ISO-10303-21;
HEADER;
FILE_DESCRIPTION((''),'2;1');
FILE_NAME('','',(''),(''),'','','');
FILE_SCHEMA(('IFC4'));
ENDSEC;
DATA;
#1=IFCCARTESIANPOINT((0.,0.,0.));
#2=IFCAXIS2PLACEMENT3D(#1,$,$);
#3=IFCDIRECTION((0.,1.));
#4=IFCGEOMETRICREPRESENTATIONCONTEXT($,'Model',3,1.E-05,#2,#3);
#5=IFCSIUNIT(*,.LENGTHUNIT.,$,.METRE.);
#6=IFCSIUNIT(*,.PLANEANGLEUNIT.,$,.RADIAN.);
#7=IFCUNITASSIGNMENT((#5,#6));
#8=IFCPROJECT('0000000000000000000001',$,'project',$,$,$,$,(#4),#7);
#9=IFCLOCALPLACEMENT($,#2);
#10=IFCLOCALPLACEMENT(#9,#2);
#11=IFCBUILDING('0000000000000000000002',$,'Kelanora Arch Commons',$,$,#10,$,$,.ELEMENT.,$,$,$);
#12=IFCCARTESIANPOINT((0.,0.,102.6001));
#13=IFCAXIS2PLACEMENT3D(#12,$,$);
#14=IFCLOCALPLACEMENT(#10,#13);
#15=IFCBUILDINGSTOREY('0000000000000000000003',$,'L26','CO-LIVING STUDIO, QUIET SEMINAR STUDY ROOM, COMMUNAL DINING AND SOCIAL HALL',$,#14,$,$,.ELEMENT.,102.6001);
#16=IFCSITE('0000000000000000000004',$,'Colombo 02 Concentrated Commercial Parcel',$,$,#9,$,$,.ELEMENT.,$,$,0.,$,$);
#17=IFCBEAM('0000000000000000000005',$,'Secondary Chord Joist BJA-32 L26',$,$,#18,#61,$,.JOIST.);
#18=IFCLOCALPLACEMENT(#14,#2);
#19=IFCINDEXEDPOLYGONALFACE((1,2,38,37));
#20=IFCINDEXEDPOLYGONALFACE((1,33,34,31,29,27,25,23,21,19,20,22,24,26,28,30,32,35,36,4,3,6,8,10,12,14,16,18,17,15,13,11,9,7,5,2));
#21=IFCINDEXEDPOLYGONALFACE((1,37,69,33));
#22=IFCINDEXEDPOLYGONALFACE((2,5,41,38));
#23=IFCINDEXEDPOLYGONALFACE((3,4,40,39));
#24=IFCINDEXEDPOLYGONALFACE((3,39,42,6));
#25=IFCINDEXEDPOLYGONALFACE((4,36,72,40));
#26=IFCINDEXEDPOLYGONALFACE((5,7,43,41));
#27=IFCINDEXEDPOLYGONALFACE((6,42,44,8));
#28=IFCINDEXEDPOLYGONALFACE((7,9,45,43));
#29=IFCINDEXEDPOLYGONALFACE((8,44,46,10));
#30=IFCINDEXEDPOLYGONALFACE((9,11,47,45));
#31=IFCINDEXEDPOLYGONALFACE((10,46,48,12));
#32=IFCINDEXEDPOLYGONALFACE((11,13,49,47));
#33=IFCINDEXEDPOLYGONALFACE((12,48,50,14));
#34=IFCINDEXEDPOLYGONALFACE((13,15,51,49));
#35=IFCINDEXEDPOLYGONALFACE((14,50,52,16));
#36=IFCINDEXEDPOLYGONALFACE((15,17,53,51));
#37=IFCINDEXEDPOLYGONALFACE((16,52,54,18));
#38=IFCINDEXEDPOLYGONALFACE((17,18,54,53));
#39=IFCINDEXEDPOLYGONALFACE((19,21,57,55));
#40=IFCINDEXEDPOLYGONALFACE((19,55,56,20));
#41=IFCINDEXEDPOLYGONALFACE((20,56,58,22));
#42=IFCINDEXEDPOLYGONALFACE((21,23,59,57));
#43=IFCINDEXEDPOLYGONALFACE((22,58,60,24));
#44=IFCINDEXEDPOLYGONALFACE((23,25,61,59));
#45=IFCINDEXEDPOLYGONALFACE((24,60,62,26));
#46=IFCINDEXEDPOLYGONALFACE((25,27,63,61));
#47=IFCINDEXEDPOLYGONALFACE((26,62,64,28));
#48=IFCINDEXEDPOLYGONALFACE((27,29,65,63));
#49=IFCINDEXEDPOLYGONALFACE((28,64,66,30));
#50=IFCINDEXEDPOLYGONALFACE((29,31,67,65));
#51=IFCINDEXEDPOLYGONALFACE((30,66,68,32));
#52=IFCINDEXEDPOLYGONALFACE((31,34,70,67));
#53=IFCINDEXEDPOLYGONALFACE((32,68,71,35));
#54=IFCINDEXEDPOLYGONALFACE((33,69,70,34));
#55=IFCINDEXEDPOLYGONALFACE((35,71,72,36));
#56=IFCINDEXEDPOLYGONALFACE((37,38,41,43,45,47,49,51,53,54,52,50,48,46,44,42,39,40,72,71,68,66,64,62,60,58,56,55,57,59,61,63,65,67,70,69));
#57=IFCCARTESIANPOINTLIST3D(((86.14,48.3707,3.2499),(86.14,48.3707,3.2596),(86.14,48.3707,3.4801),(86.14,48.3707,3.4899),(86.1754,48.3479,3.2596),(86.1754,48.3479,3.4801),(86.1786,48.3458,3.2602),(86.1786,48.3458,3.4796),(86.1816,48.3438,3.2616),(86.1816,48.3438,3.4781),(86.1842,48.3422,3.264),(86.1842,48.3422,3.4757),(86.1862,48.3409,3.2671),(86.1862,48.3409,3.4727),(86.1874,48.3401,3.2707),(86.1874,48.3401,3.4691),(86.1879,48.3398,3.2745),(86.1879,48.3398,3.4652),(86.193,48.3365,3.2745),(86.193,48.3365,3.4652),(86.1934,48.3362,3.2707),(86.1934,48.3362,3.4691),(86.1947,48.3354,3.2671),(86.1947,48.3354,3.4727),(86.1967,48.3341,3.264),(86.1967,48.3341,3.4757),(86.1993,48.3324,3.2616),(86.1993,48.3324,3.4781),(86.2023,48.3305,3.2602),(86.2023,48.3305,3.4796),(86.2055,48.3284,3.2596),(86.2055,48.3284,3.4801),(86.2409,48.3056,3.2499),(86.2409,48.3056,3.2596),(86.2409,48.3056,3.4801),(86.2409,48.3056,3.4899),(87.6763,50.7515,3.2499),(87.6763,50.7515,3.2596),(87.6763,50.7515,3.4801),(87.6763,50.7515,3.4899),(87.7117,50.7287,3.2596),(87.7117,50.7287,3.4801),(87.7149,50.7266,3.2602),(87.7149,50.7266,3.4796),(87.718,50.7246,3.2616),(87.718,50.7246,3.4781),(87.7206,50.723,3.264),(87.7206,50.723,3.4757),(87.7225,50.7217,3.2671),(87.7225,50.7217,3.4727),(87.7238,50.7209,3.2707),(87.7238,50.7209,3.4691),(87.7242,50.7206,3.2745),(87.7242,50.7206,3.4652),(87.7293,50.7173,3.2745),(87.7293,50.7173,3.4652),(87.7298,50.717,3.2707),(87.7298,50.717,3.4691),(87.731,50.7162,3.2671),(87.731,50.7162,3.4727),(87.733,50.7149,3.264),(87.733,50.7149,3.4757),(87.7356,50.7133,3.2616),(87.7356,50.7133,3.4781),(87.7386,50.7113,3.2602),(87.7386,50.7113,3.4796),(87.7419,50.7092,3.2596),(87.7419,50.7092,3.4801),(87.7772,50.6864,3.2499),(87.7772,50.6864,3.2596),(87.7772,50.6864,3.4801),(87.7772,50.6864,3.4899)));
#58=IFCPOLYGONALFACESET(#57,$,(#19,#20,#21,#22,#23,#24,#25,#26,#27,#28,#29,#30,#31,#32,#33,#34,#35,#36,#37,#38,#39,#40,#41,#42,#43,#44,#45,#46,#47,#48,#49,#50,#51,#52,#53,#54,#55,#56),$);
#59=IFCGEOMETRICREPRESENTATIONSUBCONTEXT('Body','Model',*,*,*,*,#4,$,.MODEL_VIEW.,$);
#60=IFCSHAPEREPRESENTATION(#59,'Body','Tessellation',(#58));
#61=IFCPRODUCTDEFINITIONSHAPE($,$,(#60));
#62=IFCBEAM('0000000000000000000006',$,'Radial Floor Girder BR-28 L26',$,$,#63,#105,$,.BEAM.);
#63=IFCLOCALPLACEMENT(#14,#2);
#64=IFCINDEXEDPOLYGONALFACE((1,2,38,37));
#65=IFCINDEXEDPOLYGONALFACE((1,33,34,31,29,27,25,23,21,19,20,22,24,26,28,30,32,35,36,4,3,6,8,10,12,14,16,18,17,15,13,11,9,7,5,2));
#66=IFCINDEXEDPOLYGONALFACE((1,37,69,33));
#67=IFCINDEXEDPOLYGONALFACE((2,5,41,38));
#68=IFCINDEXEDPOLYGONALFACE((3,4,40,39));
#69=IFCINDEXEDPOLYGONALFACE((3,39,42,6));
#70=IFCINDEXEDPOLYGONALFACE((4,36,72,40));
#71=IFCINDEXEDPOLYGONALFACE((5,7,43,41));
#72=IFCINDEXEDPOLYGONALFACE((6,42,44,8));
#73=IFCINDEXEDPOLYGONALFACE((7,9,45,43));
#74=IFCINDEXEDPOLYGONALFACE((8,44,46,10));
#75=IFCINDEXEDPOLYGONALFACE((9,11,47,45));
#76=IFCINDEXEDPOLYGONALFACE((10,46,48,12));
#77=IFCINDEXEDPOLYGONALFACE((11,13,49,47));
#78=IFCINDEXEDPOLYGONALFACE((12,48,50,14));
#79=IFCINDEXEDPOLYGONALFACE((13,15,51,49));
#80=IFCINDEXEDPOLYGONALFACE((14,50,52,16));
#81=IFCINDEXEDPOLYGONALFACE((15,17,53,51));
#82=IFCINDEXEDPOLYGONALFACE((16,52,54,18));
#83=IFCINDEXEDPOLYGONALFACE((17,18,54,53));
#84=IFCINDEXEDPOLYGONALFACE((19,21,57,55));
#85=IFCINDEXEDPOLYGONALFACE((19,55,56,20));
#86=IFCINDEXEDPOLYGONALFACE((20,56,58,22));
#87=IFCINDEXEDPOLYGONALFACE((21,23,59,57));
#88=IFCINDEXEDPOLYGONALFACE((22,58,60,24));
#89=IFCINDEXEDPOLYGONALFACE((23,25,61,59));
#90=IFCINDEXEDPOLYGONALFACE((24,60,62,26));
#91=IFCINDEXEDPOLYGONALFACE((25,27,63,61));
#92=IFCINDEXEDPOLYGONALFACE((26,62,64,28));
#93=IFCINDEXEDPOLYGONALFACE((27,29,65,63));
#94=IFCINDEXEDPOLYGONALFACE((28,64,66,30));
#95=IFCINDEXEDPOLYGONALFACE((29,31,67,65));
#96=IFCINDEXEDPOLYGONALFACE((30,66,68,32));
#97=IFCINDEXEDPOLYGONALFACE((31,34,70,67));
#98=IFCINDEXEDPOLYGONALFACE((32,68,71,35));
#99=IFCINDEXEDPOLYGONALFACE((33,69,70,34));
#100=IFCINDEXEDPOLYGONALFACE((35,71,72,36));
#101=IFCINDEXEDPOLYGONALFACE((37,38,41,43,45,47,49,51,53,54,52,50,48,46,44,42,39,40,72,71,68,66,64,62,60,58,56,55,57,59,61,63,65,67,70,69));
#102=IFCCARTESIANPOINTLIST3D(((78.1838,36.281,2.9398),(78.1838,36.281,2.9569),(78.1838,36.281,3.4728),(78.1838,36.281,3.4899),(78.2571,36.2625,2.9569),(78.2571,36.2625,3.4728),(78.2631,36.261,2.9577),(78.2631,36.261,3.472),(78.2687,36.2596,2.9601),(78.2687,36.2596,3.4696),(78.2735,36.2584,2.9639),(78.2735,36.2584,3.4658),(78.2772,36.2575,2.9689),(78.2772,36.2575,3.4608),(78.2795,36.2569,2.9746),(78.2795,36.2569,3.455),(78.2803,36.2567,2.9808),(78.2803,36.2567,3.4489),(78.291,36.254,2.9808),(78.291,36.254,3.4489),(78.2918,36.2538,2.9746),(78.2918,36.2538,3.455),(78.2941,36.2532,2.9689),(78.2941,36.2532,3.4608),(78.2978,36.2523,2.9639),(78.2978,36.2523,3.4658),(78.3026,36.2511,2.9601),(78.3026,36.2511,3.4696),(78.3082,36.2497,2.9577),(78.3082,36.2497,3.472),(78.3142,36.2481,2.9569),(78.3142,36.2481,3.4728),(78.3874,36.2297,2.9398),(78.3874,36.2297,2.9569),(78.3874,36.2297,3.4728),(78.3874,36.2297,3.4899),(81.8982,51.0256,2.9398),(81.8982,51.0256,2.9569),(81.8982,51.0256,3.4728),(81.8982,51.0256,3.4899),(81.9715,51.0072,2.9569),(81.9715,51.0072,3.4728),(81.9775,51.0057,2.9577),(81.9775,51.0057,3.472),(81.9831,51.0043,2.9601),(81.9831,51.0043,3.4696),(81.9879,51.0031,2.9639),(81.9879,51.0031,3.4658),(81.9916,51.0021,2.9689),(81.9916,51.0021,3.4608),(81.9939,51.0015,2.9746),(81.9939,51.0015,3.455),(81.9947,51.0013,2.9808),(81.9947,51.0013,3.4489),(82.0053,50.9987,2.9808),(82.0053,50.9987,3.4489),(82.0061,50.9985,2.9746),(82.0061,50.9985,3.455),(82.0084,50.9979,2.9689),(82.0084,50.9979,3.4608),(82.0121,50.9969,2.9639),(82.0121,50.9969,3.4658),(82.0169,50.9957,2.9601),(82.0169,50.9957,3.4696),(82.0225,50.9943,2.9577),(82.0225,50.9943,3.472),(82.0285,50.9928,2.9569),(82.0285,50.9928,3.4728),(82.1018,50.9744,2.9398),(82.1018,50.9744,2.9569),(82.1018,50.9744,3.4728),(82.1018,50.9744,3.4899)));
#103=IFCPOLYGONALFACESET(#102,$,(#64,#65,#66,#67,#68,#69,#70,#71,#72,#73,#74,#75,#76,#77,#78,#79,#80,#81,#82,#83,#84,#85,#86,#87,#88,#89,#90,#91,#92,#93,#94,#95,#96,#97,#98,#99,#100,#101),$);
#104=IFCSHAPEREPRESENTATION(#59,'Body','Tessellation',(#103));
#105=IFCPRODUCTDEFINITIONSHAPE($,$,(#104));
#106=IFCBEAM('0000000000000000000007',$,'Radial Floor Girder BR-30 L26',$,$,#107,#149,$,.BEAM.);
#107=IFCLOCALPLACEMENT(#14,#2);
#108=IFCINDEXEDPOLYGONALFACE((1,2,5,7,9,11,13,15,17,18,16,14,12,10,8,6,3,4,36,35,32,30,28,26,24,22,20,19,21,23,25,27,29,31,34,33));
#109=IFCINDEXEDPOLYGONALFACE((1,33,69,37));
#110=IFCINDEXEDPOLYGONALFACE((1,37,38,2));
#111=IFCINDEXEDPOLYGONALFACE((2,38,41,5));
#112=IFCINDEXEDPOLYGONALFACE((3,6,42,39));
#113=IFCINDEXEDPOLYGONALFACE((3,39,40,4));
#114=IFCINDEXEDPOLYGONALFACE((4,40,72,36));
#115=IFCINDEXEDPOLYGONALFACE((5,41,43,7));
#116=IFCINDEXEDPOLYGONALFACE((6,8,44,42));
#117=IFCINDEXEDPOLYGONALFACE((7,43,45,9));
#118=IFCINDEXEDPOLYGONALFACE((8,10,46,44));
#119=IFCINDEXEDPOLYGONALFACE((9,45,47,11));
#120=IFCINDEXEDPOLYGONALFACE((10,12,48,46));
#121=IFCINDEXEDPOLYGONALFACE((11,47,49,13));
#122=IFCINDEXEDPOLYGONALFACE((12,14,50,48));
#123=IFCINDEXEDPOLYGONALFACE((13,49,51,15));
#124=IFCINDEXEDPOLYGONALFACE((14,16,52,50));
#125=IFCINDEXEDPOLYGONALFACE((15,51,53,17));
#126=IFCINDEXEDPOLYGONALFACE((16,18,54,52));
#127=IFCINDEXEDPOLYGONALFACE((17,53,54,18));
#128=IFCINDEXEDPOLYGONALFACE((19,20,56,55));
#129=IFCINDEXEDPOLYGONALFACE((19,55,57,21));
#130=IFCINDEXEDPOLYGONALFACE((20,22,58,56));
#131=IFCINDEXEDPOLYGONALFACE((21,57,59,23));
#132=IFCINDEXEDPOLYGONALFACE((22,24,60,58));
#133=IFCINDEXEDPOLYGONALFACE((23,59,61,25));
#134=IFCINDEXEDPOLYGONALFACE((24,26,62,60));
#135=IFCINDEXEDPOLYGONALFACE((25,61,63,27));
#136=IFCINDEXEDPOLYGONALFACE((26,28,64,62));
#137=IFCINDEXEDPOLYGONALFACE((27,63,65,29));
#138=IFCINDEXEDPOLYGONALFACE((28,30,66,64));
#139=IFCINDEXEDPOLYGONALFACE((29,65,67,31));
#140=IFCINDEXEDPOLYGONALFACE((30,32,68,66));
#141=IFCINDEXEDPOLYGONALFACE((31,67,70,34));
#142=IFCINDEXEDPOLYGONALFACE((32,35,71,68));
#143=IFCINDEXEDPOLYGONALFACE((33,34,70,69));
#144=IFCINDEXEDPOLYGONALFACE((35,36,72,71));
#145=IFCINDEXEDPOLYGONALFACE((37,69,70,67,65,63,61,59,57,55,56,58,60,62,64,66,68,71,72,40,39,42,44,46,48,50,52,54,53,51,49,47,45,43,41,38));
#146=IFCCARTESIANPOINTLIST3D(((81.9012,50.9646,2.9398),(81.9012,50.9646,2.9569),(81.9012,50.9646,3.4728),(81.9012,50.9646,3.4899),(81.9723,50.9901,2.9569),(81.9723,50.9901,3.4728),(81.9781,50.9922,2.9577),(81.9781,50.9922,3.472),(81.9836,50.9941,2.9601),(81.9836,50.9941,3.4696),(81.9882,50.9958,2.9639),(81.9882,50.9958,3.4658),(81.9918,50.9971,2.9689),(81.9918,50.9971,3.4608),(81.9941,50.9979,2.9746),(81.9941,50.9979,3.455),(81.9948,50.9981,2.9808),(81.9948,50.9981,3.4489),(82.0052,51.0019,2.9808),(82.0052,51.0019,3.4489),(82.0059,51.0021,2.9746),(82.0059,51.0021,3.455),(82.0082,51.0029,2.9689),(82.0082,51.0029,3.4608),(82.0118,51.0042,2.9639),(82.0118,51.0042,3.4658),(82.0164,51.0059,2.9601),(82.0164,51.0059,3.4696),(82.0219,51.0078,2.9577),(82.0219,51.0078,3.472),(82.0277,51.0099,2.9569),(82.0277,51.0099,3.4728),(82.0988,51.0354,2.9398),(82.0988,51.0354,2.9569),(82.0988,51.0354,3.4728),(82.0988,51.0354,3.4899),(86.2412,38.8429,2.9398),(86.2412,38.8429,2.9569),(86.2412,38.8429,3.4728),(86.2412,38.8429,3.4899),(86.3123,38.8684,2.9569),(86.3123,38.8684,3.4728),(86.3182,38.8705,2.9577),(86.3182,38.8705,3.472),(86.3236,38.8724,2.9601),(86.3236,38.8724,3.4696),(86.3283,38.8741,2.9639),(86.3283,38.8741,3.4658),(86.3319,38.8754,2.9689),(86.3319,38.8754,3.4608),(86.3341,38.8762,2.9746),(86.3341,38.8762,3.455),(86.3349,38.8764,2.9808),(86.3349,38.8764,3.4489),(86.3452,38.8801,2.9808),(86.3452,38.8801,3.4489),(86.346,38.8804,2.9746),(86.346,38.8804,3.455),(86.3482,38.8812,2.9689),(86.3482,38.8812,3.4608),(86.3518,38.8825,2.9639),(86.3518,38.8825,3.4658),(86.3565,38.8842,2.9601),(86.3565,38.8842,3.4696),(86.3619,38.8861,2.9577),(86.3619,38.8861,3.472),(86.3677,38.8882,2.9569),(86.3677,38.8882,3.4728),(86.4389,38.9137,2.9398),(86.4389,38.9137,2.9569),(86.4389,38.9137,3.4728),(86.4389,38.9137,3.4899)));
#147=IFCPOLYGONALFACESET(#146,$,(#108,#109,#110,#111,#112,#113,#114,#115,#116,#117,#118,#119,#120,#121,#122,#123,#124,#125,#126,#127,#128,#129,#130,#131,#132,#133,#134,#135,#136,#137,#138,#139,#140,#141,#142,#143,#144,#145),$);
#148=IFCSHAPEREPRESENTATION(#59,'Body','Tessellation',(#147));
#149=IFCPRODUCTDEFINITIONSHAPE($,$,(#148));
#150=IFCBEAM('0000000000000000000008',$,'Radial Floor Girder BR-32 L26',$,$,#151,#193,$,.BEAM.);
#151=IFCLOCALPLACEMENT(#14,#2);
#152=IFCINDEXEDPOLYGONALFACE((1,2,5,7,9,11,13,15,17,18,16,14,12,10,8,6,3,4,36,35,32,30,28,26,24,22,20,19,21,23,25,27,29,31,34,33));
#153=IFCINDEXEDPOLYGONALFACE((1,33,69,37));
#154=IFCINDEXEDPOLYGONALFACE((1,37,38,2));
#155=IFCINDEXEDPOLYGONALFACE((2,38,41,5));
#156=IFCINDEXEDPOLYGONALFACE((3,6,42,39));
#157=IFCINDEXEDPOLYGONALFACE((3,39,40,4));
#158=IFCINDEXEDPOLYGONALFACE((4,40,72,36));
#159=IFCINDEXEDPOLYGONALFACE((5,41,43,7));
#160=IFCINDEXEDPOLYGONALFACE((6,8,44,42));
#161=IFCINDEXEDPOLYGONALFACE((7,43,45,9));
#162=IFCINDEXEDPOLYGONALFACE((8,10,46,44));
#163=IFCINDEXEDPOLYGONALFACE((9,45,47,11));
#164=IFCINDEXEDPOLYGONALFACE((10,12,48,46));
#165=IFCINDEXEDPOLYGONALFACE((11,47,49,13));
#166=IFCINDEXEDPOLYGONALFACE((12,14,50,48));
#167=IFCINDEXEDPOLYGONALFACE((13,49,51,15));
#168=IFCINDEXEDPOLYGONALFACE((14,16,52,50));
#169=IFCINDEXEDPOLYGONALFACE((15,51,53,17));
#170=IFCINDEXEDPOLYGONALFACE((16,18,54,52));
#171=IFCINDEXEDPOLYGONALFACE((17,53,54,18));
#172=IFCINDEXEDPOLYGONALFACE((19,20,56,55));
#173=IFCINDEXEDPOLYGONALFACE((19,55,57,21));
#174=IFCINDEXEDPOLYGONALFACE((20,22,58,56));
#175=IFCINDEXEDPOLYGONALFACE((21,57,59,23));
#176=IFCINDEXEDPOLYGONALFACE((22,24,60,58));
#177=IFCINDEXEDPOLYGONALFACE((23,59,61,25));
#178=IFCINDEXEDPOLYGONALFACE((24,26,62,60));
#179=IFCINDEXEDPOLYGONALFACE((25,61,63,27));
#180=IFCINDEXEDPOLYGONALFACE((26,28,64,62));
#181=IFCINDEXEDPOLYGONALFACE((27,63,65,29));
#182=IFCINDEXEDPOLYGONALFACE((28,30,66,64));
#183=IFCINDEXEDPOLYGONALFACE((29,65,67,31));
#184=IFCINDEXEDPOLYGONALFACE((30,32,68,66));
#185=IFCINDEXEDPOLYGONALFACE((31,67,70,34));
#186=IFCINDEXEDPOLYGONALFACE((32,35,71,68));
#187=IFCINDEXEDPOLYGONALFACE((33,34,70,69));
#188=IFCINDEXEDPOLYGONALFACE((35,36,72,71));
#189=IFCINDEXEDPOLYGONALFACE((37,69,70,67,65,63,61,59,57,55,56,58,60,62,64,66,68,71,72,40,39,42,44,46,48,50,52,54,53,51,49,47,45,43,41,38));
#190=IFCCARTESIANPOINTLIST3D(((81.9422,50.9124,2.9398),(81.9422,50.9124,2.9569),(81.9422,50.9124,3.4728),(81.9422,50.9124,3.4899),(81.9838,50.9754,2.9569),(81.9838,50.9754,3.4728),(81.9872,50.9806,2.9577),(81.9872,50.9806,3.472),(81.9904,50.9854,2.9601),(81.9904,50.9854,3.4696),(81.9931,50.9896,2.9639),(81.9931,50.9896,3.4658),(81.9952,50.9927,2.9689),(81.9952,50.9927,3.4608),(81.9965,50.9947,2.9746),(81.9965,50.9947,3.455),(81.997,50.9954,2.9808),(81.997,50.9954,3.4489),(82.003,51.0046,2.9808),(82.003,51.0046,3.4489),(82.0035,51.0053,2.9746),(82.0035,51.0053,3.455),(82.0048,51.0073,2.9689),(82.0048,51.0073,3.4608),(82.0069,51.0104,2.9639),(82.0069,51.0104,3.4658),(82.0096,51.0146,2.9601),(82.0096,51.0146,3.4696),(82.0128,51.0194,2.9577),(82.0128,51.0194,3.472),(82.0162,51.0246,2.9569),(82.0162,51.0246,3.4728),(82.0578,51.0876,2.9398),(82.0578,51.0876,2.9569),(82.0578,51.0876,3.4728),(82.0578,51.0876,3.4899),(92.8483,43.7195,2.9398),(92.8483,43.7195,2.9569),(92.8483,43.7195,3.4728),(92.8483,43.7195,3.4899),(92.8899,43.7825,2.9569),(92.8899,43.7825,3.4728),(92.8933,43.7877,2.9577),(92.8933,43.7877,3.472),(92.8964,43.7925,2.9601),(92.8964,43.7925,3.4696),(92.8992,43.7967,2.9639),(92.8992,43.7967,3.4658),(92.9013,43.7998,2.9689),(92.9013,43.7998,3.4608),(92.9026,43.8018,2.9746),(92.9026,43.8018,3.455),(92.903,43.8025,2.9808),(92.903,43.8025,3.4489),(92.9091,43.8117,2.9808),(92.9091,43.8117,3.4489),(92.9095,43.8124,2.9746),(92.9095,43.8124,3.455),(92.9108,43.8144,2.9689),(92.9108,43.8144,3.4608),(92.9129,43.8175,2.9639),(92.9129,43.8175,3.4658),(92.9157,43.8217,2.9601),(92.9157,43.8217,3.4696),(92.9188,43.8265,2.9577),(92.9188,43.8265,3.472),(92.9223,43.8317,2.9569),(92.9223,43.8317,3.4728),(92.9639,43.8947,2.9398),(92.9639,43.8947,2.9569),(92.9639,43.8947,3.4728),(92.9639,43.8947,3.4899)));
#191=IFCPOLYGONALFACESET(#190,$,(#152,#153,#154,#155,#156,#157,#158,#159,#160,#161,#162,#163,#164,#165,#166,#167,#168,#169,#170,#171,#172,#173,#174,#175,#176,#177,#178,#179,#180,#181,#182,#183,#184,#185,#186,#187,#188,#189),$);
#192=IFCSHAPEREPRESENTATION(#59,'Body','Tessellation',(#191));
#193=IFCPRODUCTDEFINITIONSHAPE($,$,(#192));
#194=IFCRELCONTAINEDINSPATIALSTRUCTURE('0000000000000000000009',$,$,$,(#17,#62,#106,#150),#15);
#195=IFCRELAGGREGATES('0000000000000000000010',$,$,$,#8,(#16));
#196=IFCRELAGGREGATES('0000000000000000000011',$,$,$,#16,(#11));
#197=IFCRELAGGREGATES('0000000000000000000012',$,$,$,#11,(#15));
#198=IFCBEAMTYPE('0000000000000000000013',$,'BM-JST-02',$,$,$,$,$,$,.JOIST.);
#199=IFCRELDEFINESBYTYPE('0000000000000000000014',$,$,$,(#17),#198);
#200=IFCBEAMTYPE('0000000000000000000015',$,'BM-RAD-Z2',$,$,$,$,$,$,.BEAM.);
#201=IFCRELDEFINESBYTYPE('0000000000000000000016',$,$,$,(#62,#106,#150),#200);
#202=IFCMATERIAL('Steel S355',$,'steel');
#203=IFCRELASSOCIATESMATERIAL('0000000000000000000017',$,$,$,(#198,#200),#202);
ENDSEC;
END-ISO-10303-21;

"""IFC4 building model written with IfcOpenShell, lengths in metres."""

from ifc_helpers import new_model, si_unit, direction, frame, origin, origin_2d, place, context, subcontext, project, spatial, i_section, extrude, material, material_profile, profile_set, type_object, element, save


model = new_model("IFC4")

# Units and contexts
model_context = context("Model", 3, precision=1e-05, world=origin(), true_north=direction((0.0, 1.0)))
body_context = subcontext(model_context, "Body", "Model", "MODEL_VIEW")
ifc_project = project(units=[si_unit("LENGTHUNIT", "METRE"), si_unit("PLANEANGLEUNIT", "RADIAN")], contexts=[model_context])

# Site, building, storey
site_placement = place(None, origin())
site = spatial("IfcSite", under=ifc_project, at=site_placement, Name="Colombo 02 Concentrated Commercial Parcel", CompositionType="ELEMENT", RefElevation=0.0)
building_placement = place(site_placement, origin())
building = spatial("IfcBuilding", under=site, at=building_placement, Name="Kelanora Arch Commons", CompositionType="ELEMENT")
storey_placement = place(building_placement, frame((0.0, 0.0, 102.6001)))
storey = spatial("IfcBuildingStorey", under=building, at=storey_placement, Name="L26", Description="CO-LIVING STUDIO, QUIET SEMINAR STUDY ROOM, COMMUNAL DINING AND SOCIAL HALL", CompositionType="ELEMENT", Elevation=102.6001)

# Beams
ifc_material_1 = material(Name="Steel S355", Category="steel")
ifc_material_profile_1 = material_profile(ifc_material_1, i_section(OverallWidth=0.1201, OverallDepth=0.24, WebThickness=0.0061, FlangeThickness=0.0098, FilletRadius=0.0149, at=origin_2d()), Name="IPE240")
ifc_profile_set_1 = profile_set([ifc_material_profile_1], Name="Steel S355")
beam_type_1 = type_object("IfcBeamType", Name="BM-JST-02", PredefinedType="JOIST", material=ifc_profile_set_1)
beam_1_placement = place(storey_placement, frame((86.1904, 48.3381, 3.3699), z_axis=(0.542211, 0.840242, 0.0), x_axis=(-0.840242, 0.542211, 0.0)))
element("IfcBeam", 1, at=beam_1_placement, inside=storey, type_object=beam_type_1, Name="Secondary Chord Joist BJA-32 L26", PredefinedType="JOIST", context=body_context, shape_type="SweptSolid", body=[
    extrude(i_section(OverallWidth=0.1201, OverallDepth=0.24, WebThickness=0.0061, FlangeThickness=0.0098, FilletRadius=0.0149, at=origin_2d()), origin(), (0.0, 0.0, 1.0), 2.8335),
])
ifc_material_profile_2 = material_profile(ifc_material_1, i_section(OverallWidth=0.21, OverallDepth=0.55, WebThickness=0.011, FlangeThickness=0.0171, FilletRadius=0.0239, at=origin_2d()), Name="IPE550")
ifc_profile_set_2 = profile_set([ifc_material_profile_2], Name="Steel S355")
beam_type_2 = type_object("IfcBeamType", Name="BM-RAD-Z2", PredefinedType="BEAM", material=ifc_profile_set_2)
beam_2_placement = place(storey_placement, frame((82.0, 51.0, 3.2148), z_axis=(-0.244281, -0.969705, 0.0), x_axis=(0.969705, -0.244281, 0.0)))
element("IfcBeam", 2, at=beam_2_placement, inside=storey, type_object=beam_type_2, Name="Radial Floor Girder BR-28 L26", PredefinedType="BEAM", context=body_context, shape_type="SweptSolid", body=[
    extrude(i_section(OverallWidth=0.21, OverallDepth=0.55, WebThickness=0.011, FlangeThickness=0.0171, FilletRadius=0.0239, at=origin_2d()), origin(), (0.0, 0.0, 1.0), 15.2053),
])
beam_3_placement = place(storey_placement, frame((82.0, 51.0, 3.2148), z_axis=(0.337085, -0.941474, 0.0), x_axis=(0.941474, 0.337085, 0.0)))
element("IfcBeam", 3, at=beam_3_placement, inside=storey, type_object=beam_type_2, Name="Radial Floor Girder BR-30 L26", PredefinedType="BEAM", context=body_context, shape_type="SweptSolid", body=[
    extrude(i_section(OverallWidth=0.21, OverallDepth=0.55, WebThickness=0.011, FlangeThickness=0.0171, FilletRadius=0.0239, at=origin_2d()), origin(), (0.0, 0.0, 1.0), 12.8752),
])
beam_4_placement = place(storey_placement, frame((82.0, 51.0, 3.2148), z_axis=(0.834789, -0.550571, 0.0), x_axis=(0.550571, 0.834789, 0.0)))
element("IfcBeam", 4, at=beam_4_placement, inside=storey, type_object=beam_type_2, Name="Radial Floor Girder BR-32 L26", PredefinedType="BEAM", context=body_context, shape_type="SweptSolid", body=[
    extrude(i_section(OverallWidth=0.21, OverallDepth=0.55, WebThickness=0.011, FlangeThickness=0.0171, FilletRadius=0.0239, at=origin_2d()), origin(), (0.0, 0.0, 1.0), 13.0645),
])

save(model, "model.ifc")
